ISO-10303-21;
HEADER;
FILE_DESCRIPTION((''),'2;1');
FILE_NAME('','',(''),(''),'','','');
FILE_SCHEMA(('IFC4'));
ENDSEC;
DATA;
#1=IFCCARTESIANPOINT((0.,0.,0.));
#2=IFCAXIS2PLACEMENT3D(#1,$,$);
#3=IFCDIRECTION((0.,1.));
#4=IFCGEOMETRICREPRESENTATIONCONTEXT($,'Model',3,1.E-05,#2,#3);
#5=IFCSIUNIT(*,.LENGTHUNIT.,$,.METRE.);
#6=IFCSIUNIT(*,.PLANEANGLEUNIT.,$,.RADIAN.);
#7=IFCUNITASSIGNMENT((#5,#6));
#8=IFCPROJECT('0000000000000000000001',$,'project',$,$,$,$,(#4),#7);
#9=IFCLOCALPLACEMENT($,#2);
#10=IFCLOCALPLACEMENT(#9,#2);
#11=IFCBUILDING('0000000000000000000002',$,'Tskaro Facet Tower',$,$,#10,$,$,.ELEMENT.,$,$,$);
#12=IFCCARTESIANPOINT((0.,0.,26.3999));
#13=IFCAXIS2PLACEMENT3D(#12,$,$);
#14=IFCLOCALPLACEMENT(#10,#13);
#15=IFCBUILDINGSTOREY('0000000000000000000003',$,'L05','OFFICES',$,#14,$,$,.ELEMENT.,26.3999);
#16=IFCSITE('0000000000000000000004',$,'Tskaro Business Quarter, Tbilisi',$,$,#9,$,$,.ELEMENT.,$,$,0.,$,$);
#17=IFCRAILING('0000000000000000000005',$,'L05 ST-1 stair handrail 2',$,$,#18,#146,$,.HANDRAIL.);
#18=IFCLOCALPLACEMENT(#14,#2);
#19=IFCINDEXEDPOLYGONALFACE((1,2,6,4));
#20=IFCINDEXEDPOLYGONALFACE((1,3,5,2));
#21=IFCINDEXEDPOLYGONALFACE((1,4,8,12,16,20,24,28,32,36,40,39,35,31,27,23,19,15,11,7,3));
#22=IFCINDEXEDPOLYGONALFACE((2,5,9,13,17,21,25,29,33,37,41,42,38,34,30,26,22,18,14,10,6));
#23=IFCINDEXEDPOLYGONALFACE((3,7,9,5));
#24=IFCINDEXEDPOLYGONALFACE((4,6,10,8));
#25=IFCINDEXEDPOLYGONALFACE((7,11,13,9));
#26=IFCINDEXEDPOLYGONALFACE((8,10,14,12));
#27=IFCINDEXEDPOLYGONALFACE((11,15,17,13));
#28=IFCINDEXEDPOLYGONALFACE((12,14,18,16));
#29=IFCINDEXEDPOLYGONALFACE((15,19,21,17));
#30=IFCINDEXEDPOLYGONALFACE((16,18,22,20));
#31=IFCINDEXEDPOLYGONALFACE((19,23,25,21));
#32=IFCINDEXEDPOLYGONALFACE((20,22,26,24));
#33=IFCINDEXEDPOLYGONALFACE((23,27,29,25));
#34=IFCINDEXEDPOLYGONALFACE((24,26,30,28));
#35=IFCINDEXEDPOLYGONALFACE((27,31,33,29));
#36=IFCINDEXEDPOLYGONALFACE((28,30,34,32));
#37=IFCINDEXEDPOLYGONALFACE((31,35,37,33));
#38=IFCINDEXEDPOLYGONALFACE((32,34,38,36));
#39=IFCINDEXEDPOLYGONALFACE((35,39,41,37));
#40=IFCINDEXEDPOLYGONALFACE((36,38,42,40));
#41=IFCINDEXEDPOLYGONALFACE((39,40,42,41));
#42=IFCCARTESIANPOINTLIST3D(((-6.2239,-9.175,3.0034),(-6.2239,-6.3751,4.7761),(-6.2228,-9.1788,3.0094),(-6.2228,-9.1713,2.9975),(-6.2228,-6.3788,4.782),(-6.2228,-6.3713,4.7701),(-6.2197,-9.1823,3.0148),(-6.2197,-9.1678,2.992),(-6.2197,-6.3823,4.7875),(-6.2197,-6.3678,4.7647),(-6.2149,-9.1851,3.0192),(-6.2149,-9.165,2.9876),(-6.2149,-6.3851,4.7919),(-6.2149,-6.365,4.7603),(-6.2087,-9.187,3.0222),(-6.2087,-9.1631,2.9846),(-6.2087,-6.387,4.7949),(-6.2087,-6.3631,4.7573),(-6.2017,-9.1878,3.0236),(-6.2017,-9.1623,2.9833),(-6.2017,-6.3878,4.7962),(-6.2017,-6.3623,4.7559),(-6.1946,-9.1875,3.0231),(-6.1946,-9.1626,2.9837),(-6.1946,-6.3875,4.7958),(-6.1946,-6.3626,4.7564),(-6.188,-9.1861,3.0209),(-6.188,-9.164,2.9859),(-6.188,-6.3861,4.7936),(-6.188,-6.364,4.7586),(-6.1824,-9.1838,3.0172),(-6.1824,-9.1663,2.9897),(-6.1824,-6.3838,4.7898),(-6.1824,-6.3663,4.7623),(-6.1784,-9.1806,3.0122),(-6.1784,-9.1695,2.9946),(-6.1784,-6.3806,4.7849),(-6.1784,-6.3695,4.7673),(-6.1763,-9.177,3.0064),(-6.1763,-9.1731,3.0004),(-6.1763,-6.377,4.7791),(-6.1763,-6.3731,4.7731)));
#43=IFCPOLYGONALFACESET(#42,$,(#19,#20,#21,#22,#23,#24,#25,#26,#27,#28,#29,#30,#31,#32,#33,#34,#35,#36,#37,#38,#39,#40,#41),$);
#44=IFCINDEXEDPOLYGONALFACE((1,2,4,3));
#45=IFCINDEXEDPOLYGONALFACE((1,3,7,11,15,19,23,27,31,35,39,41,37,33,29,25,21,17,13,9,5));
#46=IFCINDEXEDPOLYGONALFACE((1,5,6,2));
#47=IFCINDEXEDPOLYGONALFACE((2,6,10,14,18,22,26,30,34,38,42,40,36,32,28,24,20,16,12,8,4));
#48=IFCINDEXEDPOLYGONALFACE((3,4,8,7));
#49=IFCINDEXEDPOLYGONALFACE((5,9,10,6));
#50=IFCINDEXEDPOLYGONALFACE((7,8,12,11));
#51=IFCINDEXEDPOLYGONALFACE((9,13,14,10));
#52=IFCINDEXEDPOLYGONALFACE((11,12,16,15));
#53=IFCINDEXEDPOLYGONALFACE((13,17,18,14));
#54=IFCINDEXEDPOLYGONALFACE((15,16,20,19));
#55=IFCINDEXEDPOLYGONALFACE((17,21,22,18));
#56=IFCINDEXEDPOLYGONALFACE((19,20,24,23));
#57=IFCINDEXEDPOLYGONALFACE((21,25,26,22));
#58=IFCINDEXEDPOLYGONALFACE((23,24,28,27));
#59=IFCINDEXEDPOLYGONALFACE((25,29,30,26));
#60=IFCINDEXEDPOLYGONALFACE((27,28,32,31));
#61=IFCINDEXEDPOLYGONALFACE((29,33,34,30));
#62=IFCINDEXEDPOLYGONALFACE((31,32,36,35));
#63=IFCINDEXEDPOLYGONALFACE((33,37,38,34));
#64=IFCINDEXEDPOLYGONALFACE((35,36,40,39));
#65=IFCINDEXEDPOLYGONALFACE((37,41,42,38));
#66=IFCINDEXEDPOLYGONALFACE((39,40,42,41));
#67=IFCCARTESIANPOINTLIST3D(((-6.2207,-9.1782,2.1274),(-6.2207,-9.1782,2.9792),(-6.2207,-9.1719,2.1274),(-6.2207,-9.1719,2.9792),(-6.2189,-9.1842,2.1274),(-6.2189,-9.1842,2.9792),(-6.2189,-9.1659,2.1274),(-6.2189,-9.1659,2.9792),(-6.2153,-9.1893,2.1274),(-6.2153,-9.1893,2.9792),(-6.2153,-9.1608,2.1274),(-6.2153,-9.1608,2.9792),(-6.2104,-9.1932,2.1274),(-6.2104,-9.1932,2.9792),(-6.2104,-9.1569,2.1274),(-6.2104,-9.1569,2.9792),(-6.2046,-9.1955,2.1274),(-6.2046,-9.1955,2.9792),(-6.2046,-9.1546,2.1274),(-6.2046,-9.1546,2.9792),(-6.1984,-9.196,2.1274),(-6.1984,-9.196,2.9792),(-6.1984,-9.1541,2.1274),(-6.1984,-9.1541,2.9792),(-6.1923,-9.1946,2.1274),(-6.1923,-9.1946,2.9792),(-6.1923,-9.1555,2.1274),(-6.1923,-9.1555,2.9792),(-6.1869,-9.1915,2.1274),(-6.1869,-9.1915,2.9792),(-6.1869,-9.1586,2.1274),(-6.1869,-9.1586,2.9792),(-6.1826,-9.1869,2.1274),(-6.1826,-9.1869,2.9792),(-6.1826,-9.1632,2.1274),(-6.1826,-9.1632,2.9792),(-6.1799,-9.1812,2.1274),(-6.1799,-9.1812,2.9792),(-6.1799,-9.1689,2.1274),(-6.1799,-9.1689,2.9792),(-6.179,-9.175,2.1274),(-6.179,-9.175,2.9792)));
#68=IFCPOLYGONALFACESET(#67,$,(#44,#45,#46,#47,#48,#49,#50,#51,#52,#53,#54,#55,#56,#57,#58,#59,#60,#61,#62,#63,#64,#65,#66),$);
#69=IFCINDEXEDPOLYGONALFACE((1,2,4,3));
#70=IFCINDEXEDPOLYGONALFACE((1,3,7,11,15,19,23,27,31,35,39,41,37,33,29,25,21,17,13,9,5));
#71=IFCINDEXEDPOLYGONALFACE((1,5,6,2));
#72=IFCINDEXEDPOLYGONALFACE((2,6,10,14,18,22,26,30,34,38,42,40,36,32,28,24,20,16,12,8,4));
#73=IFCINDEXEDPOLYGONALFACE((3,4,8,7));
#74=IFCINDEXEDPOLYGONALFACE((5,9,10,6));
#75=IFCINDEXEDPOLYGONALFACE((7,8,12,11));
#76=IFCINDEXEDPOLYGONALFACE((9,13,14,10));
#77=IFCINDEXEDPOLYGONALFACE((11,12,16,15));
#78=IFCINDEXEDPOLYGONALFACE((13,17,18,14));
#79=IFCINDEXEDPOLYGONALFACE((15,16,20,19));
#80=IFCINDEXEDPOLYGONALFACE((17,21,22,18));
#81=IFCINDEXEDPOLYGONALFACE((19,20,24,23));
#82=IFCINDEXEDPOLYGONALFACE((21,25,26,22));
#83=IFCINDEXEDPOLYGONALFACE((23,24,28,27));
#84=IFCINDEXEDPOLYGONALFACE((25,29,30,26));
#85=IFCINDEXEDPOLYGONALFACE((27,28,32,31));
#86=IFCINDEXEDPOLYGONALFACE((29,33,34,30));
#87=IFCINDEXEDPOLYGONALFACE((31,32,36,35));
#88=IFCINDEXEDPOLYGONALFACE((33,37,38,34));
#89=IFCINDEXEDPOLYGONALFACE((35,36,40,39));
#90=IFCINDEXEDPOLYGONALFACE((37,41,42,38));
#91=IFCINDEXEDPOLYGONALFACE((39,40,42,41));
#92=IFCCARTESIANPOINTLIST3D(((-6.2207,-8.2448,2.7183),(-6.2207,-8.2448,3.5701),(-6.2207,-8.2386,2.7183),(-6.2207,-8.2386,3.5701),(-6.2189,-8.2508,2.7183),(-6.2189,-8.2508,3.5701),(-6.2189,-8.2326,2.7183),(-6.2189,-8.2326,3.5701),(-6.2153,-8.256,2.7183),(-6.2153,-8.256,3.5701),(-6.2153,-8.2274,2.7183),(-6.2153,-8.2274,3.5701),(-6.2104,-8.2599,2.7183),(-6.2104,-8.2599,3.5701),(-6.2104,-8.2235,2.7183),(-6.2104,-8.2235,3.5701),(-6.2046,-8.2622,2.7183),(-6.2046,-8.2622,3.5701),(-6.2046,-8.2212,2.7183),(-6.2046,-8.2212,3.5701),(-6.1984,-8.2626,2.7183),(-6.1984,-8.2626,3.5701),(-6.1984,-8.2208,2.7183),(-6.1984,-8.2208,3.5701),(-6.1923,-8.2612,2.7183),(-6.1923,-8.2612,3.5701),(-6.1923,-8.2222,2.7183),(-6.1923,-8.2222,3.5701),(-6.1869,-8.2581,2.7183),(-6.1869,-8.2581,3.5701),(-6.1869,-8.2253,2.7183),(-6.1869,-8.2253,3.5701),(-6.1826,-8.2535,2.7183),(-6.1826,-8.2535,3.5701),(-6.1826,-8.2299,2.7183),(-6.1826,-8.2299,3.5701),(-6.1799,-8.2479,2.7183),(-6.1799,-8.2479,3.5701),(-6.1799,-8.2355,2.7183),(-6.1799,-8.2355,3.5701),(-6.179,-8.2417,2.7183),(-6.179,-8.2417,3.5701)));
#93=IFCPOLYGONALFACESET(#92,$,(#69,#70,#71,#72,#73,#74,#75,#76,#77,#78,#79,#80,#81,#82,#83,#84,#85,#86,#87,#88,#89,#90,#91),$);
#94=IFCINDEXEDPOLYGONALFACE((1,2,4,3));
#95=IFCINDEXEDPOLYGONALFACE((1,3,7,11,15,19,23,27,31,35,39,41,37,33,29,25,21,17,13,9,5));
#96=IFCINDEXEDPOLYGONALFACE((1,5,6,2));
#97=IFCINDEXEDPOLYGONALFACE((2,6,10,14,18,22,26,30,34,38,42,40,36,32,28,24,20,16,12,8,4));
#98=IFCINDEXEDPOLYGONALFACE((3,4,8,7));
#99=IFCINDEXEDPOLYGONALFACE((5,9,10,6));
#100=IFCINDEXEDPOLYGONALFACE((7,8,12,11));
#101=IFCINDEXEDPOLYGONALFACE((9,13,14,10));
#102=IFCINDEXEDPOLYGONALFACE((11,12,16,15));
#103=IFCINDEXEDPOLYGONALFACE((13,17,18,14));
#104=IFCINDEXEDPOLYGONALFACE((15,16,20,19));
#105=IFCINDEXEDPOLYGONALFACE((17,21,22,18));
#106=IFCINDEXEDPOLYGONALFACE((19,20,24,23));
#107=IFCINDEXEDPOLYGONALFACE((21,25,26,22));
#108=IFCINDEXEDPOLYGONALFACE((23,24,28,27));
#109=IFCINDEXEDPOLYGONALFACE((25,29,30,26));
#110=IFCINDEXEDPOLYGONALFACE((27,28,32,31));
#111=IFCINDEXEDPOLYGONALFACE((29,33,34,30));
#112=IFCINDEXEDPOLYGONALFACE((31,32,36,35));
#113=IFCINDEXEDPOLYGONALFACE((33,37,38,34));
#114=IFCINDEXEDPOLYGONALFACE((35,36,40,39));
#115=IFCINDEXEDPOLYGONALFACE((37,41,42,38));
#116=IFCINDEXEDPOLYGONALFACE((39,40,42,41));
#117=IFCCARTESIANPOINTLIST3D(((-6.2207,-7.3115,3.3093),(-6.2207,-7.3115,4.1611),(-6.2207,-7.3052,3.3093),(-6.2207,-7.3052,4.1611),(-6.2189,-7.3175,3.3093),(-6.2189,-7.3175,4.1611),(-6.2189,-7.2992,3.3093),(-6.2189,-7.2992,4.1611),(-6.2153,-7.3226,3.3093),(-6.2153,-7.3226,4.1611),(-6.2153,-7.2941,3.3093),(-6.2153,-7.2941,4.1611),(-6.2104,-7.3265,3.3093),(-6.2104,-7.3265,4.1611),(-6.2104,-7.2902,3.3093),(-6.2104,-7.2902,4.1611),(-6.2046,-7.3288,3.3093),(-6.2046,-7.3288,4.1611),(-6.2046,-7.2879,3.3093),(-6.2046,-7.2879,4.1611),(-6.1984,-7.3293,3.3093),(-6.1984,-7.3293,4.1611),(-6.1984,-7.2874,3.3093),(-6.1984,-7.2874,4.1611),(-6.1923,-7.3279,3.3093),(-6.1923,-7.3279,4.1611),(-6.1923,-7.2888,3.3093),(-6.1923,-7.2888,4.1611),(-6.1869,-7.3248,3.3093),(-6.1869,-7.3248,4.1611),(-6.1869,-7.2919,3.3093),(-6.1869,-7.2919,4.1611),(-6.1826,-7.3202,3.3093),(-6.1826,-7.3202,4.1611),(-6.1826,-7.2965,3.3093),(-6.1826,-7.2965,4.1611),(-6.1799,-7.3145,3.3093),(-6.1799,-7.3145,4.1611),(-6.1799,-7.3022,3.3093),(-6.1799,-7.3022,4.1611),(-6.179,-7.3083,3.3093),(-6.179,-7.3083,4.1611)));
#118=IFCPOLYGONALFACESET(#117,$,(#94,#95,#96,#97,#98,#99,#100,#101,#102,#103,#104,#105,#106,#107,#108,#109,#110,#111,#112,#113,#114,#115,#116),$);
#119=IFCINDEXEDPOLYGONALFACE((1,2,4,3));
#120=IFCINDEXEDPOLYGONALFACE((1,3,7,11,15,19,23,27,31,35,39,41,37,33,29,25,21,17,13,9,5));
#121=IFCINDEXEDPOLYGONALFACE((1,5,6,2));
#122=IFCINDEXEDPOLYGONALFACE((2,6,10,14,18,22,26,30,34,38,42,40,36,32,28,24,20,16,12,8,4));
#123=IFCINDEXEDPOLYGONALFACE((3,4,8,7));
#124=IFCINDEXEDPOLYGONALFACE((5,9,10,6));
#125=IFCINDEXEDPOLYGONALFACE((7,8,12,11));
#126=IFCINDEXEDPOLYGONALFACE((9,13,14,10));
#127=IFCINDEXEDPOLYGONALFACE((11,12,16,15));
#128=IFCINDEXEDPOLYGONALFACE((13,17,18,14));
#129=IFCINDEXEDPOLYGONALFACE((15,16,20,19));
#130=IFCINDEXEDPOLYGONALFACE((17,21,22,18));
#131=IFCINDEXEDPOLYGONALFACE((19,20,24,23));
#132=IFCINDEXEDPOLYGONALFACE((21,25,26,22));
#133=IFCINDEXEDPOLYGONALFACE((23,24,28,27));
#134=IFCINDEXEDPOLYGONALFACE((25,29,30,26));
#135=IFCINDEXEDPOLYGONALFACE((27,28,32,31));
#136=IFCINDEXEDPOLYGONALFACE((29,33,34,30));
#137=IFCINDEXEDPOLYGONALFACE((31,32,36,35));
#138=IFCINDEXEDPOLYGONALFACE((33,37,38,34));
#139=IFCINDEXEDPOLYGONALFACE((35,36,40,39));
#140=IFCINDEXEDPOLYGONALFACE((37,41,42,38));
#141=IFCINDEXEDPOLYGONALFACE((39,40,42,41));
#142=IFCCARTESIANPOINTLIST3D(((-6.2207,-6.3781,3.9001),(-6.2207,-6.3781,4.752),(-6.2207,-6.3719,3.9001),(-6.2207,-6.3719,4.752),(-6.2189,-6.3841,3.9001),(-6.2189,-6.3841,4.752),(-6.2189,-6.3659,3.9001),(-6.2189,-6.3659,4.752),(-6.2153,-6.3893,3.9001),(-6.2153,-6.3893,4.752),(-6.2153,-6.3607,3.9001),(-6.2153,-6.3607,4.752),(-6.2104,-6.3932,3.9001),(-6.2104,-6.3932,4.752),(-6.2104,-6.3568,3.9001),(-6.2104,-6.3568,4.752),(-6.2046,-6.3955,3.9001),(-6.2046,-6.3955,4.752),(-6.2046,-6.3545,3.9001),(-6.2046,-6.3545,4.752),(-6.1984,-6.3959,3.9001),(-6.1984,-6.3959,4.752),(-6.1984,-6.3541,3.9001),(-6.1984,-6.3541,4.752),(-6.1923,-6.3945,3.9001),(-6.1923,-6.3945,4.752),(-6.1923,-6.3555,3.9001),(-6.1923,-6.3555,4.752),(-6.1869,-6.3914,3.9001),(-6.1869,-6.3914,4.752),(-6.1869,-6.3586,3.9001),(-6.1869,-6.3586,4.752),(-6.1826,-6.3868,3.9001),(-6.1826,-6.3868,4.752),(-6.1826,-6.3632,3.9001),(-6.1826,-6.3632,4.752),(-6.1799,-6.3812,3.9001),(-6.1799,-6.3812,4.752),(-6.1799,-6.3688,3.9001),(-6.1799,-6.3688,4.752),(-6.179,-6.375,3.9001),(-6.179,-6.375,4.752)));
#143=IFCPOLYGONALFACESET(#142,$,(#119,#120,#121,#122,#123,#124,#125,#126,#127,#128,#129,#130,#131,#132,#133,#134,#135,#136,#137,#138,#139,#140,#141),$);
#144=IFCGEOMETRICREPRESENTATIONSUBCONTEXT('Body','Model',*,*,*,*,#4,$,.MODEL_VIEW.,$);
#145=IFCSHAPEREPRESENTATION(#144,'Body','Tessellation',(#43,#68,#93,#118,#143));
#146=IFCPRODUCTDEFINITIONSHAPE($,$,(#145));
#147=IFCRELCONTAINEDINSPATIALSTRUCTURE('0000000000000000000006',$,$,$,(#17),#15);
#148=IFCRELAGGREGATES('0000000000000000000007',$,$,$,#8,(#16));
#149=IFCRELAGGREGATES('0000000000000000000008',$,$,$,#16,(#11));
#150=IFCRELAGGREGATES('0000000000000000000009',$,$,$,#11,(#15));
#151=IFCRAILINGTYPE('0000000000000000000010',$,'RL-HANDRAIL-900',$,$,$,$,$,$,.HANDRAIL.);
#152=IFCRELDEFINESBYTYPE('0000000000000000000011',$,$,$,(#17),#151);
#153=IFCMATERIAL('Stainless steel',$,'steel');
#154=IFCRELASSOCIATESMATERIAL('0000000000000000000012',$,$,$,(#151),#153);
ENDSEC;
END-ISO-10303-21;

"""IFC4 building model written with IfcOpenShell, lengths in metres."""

from ifc_helpers import new_model, si_unit, direction, frame, origin, origin_2d, place, context, subcontext, project, spatial, circle, extrude, material, type_object, element, save


model = new_model("IFC4")

# Units and contexts
model_context = context("Model", 3, precision=1e-05, world=origin(), true_north=direction((0.0, 1.0)))
body_context = subcontext(model_context, "Body", "Model", "MODEL_VIEW")
ifc_project = project(units=[si_unit("LENGTHUNIT", "METRE"), si_unit("PLANEANGLEUNIT", "RADIAN")], contexts=[model_context])

# Site, building, storey
site_placement = place(None, origin())
site = spatial("IfcSite", under=ifc_project, at=site_placement, Name="Tskaro Business Quarter, Tbilisi", CompositionType="ELEMENT", RefElevation=0.0)
building_placement = place(site_placement, origin())
building = spatial("IfcBuilding", under=site, at=building_placement, Name="Tskaro Facet Tower", CompositionType="ELEMENT")
storey_placement = place(building_placement, frame((0.0, 0.0, 26.3999)))
storey = spatial("IfcBuildingStorey", under=building, at=storey_placement, Name="L05", Description="OFFICES", CompositionType="ELEMENT", Elevation=26.3999)

# Shared definitions
ifc_material_1 = material(Name="Stainless steel", Category="steel")

# Railing
railing_type_1 = type_object("IfcRailingType", Name="RL-HANDRAIL-900", PredefinedType="HANDRAIL", material=ifc_material_1)
railing_1_placement = place(storey_placement, frame((-6.2, -9.175, 2.1274)))
element("IfcRailing", 1, at=railing_1_placement, inside=storey, type_object=railing_type_1, Name="L05 ST-1 stair handrail 2", PredefinedType="HANDRAIL", context=body_context, shape_type="SweptSolid", body=[
    extrude(circle(Radius=0.0239, at=origin_2d()), frame((0.0, 0.0, 0.876), z_axis=(0.0, 0.844909, 0.53491), x_axis=(-1.0, 0.0, 0.0)), (0.0, 0.0, 1.0), 3.314),
    extrude(circle(Radius=0.021, at=origin_2d()), origin(), (0.0, 0.0, 1.0), 0.8518),
    extrude(circle(Radius=0.021, at=origin_2d()), frame((0.0, 0.9333, 0.5908)), (0.0, 0.0, 1.0), 0.8518),
    extrude(circle(Radius=0.021, at=origin_2d()), frame((0.0, 1.8667, 1.1819)), (0.0, 0.0, 1.0), 0.8518),
    extrude(circle(Radius=0.021, at=origin_2d()), frame((0.0, 2.8, 1.7727)), (0.0, 0.0, 1.0), 0.8518),
])

save(model, "model.ifc")
